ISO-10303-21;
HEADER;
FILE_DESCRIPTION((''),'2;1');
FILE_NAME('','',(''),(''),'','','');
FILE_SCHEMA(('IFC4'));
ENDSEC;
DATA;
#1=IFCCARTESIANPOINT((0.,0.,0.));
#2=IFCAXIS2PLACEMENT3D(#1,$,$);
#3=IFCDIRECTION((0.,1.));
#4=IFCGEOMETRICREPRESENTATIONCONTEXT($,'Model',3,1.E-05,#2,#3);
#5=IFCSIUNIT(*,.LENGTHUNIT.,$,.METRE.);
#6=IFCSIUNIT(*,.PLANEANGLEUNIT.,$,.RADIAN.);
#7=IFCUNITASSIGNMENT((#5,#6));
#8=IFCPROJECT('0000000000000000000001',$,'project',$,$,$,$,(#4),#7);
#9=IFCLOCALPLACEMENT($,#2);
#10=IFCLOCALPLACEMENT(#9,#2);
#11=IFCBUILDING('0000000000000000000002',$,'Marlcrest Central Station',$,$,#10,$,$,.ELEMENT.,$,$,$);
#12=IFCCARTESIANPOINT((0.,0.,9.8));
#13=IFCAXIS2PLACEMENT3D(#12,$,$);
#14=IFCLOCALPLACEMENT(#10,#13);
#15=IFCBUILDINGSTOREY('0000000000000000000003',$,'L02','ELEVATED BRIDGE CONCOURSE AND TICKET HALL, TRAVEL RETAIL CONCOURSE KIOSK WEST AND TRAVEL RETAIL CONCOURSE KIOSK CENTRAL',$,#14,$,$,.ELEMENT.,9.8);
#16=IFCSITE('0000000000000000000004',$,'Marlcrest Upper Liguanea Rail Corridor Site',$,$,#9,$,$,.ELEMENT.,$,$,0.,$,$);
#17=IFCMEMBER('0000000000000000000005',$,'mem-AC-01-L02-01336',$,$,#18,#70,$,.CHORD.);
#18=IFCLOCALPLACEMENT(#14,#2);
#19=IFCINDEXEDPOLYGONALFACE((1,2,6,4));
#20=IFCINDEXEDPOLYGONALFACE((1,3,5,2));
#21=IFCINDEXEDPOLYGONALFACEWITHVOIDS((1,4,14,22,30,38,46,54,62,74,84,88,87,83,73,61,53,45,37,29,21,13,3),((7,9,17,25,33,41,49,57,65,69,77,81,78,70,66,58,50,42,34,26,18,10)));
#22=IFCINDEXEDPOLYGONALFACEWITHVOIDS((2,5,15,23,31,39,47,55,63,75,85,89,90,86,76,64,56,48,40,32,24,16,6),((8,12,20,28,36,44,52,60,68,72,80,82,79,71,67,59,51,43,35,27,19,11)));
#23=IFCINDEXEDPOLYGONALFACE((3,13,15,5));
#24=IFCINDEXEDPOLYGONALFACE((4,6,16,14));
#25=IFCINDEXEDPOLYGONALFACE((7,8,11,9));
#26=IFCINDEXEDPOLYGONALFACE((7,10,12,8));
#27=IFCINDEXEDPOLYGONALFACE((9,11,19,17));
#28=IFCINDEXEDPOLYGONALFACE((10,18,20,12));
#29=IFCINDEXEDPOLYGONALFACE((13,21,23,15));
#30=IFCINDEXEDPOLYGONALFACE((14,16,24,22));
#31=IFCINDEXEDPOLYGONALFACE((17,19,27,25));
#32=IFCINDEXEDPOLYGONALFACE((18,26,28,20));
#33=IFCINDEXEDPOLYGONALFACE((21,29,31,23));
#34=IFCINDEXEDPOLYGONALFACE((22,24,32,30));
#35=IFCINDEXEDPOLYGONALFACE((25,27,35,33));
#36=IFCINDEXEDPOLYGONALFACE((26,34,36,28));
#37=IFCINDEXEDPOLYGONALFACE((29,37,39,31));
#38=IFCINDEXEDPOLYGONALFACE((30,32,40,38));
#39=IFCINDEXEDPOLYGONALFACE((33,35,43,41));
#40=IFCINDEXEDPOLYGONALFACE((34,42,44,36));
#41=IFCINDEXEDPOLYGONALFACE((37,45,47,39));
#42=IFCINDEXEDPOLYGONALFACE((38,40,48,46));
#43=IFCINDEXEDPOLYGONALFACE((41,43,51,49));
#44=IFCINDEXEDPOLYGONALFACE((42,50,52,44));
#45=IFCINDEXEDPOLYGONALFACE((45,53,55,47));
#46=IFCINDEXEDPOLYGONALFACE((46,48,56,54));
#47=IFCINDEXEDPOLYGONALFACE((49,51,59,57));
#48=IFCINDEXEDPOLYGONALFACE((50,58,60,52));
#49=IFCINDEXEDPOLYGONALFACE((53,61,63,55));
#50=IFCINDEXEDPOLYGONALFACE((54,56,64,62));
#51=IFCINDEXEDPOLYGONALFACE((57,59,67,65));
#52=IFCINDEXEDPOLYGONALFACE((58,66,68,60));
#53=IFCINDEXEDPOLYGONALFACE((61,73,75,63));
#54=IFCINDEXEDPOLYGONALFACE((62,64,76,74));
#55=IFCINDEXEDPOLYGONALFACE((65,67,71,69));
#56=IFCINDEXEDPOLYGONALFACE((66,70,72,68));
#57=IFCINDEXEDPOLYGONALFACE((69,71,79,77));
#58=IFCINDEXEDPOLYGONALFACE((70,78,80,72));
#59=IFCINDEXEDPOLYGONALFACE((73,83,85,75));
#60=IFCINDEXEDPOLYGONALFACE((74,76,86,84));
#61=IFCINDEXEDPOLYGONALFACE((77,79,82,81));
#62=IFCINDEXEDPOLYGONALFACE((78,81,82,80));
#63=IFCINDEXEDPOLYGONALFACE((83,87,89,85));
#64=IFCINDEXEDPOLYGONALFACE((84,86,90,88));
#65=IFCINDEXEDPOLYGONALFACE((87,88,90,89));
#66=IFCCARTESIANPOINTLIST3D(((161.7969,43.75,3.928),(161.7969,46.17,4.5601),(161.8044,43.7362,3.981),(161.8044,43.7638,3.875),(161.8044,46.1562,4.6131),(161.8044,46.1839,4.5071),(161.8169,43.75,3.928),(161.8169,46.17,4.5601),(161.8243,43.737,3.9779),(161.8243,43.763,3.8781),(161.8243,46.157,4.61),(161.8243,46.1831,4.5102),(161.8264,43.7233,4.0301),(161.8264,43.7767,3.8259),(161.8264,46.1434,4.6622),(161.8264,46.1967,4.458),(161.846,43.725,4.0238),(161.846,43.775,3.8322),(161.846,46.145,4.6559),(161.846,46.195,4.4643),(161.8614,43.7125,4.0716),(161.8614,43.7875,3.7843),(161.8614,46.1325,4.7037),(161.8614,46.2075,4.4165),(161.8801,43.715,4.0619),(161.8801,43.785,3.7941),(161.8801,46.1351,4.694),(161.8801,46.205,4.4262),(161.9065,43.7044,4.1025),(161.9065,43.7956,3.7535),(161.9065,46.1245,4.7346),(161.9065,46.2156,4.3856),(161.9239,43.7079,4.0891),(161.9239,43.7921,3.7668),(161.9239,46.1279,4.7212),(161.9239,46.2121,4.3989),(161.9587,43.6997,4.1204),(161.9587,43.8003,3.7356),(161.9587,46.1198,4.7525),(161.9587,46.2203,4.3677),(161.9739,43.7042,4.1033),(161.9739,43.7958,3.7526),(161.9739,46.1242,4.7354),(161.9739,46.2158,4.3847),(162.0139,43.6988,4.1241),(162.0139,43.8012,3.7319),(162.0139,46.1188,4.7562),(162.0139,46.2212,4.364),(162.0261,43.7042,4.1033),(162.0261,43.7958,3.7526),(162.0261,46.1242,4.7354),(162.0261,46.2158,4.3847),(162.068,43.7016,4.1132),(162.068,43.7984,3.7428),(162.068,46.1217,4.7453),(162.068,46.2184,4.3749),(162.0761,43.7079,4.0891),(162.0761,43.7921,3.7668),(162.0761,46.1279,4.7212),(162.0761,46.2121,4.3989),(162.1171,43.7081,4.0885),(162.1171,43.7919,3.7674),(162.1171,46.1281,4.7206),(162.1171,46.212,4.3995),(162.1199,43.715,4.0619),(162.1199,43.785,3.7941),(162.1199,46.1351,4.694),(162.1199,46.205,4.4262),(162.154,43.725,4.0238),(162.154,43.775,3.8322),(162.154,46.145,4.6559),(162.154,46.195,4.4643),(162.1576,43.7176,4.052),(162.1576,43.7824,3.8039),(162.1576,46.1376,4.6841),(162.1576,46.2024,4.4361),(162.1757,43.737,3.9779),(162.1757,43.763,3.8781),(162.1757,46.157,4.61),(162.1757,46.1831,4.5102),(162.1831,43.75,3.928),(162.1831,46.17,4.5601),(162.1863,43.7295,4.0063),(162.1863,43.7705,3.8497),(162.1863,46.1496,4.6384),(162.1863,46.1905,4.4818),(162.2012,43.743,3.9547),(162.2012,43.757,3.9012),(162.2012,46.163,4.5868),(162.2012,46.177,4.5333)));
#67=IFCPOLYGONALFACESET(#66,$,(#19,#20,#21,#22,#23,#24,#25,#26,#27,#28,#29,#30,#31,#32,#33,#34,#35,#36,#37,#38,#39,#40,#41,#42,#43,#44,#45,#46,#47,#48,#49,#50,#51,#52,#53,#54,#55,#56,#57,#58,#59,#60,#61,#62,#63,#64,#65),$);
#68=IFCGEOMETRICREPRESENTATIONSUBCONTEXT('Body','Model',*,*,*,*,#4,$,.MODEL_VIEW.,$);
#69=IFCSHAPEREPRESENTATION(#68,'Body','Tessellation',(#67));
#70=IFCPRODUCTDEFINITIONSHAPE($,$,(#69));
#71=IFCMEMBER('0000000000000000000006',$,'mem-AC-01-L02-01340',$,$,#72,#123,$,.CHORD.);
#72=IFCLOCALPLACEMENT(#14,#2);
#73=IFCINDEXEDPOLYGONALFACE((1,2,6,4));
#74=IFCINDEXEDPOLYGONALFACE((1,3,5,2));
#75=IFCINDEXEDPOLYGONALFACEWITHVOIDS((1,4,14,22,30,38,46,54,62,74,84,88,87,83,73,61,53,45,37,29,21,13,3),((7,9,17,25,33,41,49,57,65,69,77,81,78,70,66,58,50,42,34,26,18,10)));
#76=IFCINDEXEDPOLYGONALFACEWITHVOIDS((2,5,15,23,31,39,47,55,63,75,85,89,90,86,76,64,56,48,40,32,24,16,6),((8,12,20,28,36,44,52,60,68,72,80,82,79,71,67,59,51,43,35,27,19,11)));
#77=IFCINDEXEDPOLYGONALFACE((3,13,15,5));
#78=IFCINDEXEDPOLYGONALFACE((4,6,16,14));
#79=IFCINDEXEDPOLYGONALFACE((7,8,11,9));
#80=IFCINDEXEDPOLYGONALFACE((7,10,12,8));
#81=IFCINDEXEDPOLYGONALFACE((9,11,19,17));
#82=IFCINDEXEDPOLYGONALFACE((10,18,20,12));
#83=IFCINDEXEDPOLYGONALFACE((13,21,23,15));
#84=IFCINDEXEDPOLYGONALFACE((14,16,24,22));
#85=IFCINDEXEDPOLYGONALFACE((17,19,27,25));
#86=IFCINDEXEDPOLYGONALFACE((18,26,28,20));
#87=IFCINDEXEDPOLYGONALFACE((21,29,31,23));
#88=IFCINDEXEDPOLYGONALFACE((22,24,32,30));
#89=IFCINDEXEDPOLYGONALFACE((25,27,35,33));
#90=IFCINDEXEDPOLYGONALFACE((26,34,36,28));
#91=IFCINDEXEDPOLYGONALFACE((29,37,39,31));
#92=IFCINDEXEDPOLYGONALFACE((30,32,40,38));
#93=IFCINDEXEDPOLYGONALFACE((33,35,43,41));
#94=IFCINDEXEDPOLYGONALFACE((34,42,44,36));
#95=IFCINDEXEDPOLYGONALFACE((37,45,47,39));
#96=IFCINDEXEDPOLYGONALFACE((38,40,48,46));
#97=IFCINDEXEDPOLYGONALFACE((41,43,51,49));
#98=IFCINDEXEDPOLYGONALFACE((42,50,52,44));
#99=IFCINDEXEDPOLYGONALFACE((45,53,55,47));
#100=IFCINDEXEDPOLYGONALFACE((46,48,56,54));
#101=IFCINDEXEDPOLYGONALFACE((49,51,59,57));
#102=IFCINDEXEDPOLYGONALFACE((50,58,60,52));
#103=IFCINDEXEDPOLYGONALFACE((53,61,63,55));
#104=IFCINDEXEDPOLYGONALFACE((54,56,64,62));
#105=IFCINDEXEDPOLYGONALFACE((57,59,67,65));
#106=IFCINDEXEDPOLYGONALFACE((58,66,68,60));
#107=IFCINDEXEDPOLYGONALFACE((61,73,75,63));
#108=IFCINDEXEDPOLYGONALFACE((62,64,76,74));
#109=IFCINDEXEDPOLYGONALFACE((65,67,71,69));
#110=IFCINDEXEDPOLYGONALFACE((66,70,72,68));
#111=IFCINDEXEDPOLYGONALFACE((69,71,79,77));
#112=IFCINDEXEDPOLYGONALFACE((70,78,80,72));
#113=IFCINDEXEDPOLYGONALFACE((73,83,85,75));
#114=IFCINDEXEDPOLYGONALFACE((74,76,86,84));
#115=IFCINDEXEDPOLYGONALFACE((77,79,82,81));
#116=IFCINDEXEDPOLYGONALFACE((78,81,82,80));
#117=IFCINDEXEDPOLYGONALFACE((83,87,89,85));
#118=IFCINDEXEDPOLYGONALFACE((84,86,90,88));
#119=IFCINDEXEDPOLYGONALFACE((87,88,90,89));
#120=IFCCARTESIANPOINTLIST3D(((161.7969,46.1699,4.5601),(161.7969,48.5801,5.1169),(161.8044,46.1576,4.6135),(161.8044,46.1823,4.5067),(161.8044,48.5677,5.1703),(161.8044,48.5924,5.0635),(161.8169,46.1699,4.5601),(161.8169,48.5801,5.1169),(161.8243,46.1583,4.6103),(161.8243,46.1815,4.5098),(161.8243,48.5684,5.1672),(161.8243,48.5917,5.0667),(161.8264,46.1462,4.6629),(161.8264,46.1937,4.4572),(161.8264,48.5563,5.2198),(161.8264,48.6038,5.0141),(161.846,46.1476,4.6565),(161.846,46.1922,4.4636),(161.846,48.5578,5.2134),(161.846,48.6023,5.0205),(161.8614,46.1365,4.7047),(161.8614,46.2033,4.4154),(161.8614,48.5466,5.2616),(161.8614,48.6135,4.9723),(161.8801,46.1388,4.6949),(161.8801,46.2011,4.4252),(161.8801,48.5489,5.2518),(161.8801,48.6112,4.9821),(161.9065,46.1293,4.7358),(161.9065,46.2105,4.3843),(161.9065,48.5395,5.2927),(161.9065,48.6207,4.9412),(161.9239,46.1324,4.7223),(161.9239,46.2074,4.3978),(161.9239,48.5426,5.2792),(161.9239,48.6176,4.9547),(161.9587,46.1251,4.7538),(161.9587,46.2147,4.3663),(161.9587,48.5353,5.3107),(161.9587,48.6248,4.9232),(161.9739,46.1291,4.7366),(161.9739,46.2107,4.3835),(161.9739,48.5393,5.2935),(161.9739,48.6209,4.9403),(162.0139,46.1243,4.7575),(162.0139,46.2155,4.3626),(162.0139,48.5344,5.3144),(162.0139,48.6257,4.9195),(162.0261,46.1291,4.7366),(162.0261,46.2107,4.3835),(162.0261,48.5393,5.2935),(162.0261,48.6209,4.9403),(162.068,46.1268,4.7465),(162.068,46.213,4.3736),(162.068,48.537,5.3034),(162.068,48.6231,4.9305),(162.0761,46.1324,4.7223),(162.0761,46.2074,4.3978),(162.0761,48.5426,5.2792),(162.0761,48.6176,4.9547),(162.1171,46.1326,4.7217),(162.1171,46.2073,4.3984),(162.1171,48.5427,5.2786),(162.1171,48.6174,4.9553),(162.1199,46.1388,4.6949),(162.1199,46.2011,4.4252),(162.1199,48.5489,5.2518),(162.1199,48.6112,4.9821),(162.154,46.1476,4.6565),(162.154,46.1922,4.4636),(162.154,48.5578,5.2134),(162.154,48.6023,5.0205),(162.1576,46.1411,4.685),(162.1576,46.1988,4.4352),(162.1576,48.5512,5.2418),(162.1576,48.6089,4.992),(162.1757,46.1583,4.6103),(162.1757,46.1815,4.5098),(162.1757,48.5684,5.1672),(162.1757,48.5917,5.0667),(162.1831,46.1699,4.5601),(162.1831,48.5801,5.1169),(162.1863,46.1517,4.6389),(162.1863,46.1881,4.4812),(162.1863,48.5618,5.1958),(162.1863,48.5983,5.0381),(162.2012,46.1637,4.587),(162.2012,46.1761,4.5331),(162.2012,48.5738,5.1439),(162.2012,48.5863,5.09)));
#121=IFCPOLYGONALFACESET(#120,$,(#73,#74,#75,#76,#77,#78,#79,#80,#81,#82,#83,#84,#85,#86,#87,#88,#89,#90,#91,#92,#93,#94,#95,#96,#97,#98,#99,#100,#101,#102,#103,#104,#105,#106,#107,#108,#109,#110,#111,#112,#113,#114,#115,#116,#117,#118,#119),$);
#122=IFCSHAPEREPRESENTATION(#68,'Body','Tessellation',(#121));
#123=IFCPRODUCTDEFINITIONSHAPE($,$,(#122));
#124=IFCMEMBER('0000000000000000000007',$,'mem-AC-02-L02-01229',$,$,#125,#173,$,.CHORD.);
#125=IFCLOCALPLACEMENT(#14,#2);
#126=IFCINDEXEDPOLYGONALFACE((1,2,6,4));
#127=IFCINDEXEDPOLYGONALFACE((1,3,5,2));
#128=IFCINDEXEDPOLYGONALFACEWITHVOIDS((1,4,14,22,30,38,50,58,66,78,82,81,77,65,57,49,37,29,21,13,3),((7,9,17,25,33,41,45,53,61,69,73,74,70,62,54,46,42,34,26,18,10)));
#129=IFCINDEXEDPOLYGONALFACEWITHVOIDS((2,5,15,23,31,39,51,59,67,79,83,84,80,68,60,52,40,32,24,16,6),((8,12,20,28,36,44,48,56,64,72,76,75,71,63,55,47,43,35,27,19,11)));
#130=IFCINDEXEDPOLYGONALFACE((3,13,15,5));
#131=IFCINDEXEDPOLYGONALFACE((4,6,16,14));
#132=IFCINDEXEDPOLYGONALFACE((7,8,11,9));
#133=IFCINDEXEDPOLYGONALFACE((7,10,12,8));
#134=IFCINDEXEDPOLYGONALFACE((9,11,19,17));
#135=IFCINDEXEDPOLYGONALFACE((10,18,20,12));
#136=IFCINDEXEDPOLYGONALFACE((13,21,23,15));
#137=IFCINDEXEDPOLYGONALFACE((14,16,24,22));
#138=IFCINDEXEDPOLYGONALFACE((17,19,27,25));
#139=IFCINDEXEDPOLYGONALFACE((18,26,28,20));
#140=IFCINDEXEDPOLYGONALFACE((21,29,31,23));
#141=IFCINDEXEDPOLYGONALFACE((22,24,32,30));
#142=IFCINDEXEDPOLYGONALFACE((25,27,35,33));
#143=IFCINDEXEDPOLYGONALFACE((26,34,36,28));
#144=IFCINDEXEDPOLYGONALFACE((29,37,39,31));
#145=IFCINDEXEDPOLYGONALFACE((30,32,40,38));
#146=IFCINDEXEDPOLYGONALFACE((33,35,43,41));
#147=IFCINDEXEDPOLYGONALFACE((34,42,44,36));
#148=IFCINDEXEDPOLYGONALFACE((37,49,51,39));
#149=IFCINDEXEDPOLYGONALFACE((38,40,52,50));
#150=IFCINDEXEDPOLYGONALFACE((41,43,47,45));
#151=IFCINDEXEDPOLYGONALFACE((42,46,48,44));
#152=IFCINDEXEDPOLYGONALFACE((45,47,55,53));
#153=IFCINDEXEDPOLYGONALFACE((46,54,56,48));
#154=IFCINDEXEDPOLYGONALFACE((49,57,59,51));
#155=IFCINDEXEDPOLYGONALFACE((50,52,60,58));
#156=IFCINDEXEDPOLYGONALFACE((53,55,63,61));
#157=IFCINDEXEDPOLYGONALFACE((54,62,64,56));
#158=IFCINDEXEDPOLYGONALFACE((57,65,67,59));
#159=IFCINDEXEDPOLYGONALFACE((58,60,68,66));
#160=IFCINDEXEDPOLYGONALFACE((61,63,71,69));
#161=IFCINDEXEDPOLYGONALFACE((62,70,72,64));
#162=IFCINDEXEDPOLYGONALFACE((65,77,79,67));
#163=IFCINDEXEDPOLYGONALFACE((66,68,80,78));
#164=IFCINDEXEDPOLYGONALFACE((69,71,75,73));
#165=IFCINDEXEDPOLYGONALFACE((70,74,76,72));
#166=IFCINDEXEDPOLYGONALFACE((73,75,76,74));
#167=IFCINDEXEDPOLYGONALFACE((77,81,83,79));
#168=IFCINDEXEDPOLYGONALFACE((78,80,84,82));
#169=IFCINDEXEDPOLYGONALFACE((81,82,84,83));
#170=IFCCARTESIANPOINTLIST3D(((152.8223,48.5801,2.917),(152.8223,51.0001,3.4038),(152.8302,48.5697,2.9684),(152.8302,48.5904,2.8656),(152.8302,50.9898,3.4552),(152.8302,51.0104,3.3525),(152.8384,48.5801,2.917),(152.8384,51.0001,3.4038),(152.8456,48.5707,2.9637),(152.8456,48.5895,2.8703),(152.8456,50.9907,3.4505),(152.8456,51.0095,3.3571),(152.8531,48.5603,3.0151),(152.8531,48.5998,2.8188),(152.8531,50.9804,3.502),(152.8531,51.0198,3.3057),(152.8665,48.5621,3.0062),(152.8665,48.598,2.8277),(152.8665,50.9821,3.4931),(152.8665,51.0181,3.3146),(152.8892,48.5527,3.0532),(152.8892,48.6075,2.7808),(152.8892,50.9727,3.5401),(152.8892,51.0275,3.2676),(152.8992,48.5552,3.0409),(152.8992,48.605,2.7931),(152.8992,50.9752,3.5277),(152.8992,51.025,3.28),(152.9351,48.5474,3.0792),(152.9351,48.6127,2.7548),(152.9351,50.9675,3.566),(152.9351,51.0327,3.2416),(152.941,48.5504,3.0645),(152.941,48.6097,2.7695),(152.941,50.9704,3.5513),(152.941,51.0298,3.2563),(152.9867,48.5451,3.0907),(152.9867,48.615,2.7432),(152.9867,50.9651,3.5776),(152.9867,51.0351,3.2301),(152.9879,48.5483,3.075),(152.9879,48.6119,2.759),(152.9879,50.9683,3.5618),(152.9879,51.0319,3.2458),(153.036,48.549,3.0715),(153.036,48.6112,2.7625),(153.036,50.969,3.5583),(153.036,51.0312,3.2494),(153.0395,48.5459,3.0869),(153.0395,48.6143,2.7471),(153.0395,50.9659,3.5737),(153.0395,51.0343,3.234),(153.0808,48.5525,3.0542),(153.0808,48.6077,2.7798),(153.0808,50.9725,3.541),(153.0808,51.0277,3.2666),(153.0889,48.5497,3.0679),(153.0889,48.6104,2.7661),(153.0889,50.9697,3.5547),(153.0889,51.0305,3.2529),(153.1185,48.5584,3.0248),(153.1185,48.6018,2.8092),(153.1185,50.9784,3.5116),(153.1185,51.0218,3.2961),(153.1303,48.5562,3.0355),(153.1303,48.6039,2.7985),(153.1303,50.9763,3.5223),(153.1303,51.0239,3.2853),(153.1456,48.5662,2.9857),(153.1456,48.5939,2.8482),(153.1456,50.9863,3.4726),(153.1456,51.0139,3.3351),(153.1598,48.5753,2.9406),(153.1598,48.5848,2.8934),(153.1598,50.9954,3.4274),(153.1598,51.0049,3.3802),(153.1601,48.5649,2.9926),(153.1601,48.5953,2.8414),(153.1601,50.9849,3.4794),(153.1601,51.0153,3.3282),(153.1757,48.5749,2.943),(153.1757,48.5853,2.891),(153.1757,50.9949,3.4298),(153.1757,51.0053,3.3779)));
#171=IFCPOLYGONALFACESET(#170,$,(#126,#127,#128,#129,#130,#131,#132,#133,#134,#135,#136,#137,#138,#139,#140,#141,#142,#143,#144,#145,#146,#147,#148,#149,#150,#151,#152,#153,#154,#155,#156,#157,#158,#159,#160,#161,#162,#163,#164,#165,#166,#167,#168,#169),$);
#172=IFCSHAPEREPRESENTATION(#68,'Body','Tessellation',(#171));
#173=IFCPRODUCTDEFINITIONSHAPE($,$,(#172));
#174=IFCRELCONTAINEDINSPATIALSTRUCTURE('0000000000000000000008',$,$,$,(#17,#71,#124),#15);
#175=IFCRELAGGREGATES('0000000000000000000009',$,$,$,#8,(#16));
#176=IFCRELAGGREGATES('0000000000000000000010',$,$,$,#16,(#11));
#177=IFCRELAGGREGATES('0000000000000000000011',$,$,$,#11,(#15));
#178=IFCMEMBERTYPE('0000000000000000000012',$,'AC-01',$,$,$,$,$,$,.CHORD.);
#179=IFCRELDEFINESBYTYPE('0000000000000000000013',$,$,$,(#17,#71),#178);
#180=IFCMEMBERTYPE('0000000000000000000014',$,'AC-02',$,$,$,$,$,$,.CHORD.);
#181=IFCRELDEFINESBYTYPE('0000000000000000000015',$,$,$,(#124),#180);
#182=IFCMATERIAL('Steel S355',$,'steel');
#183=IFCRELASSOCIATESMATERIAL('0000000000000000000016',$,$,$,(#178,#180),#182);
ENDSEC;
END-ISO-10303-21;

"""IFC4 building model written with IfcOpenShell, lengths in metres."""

from ifc_helpers import new_model, si_unit, direction, frame, origin, origin_2d, place, context, subcontext, project, spatial, hollow_circle, extrude, material, material_profile, profile_set, type_object, element, save


model = new_model("IFC4")

# Units and contexts
model_context = context("Model", 3, precision=1e-05, world=origin(), true_north=direction((0.0, 1.0)))
body_context = subcontext(model_context, "Body", "Model", "MODEL_VIEW")
ifc_project = project(units=[si_unit("LENGTHUNIT", "METRE"), si_unit("PLANEANGLEUNIT", "RADIAN")], contexts=[model_context])

# Site, building, storey
site_placement = place(None, origin())
site = spatial("IfcSite", under=ifc_project, at=site_placement, Name="Marlcrest Upper Liguanea Rail Corridor Site", CompositionType="ELEMENT", RefElevation=0.0)
building_placement = place(site_placement, origin())
building = spatial("IfcBuilding", under=site, at=building_placement, Name="Marlcrest Central Station", CompositionType="ELEMENT")
storey_placement = place(building_placement, frame((0.0, 0.0, 9.8)))
storey = spatial("IfcBuildingStorey", under=building, at=storey_placement, Name="L02", Description="ELEVATED BRIDGE CONCOURSE AND TICKET HALL, TRAVEL RETAIL CONCOURSE KIOSK WEST AND TRAVEL RETAIL CONCOURSE KIOSK CENTRAL", CompositionType="ELEMENT", Elevation=9.8)

# Members
ifc_material_1 = material(Name="Steel S355", Category="steel")
ifc_material_profile_1 = material_profile(ifc_material_1, hollow_circle(Radius=0.2031, WallThickness=0.02, at=origin_2d()), Name="CHS 406.4x20")
ifc_profile_set_1 = profile_set([ifc_material_profile_1], Name="Steel S355")
member_type_1 = type_object("IfcMemberType", Name="AC-01", PredefinedType="CHORD", material=ifc_profile_set_1)
member_1_placement = place(storey_placement, frame((162.0, 43.75, 3.928), z_axis=(0.0, 0.967539, 0.25272), x_axis=(-1.0, 0.0, 0.0)))
element("IfcMember", 1, at=member_1_placement, inside=storey, type_object=member_type_1, Name="mem-AC-01-L02-01336", PredefinedType="CHORD", context=body_context, shape_type="SweptSolid", body=[
    extrude(hollow_circle(Radius=0.2031, WallThickness=0.02, at=origin_2d()), origin(), (0.0, 0.0, 1.0), 2.5012),
])
member_2_placement = place(storey_placement, frame((162.0, 46.1699, 4.5601), z_axis=(0.0, 0.97433, 0.225126), x_axis=(-1.0, 0.0, 0.0)))
element("IfcMember", 2, at=member_2_placement, inside=storey, type_object=member_type_1, Name="mem-AC-01-L02-01340", PredefinedType="CHORD", context=body_context, shape_type="SweptSolid", body=[
    extrude(hollow_circle(Radius=0.2031, WallThickness=0.02, at=origin_2d()), origin(), (0.0, 0.0, 1.0), 2.4736),
])
ifc_material_profile_2 = material_profile(ifc_material_1, hollow_circle(Radius=0.1777, WallThickness=0.0161, at=origin_2d()), Name="CHS 355.6x16")
ifc_profile_set_2 = profile_set([ifc_material_profile_2], Name="Steel S355")
member_type_2 = type_object("IfcMemberType", Name="AC-02", PredefinedType="CHORD", material=ifc_profile_set_2)
member_3_placement = place(storey_placement, frame((153.0, 48.5801, 2.917), z_axis=(0.0, 0.980359, 0.197219), x_axis=(-1.0, 0.0, 0.0)))
element("IfcMember", 3, at=member_3_placement, inside=storey, type_object=member_type_2, Name="mem-AC-02-L02-01229", PredefinedType="CHORD", context=body_context, shape_type="SweptSolid", body=[
    extrude(hollow_circle(Radius=0.1777, WallThickness=0.0161, at=origin_2d()), origin(), (0.0, 0.0, 1.0), 2.4685),
])

save(model, "model.ifc")
